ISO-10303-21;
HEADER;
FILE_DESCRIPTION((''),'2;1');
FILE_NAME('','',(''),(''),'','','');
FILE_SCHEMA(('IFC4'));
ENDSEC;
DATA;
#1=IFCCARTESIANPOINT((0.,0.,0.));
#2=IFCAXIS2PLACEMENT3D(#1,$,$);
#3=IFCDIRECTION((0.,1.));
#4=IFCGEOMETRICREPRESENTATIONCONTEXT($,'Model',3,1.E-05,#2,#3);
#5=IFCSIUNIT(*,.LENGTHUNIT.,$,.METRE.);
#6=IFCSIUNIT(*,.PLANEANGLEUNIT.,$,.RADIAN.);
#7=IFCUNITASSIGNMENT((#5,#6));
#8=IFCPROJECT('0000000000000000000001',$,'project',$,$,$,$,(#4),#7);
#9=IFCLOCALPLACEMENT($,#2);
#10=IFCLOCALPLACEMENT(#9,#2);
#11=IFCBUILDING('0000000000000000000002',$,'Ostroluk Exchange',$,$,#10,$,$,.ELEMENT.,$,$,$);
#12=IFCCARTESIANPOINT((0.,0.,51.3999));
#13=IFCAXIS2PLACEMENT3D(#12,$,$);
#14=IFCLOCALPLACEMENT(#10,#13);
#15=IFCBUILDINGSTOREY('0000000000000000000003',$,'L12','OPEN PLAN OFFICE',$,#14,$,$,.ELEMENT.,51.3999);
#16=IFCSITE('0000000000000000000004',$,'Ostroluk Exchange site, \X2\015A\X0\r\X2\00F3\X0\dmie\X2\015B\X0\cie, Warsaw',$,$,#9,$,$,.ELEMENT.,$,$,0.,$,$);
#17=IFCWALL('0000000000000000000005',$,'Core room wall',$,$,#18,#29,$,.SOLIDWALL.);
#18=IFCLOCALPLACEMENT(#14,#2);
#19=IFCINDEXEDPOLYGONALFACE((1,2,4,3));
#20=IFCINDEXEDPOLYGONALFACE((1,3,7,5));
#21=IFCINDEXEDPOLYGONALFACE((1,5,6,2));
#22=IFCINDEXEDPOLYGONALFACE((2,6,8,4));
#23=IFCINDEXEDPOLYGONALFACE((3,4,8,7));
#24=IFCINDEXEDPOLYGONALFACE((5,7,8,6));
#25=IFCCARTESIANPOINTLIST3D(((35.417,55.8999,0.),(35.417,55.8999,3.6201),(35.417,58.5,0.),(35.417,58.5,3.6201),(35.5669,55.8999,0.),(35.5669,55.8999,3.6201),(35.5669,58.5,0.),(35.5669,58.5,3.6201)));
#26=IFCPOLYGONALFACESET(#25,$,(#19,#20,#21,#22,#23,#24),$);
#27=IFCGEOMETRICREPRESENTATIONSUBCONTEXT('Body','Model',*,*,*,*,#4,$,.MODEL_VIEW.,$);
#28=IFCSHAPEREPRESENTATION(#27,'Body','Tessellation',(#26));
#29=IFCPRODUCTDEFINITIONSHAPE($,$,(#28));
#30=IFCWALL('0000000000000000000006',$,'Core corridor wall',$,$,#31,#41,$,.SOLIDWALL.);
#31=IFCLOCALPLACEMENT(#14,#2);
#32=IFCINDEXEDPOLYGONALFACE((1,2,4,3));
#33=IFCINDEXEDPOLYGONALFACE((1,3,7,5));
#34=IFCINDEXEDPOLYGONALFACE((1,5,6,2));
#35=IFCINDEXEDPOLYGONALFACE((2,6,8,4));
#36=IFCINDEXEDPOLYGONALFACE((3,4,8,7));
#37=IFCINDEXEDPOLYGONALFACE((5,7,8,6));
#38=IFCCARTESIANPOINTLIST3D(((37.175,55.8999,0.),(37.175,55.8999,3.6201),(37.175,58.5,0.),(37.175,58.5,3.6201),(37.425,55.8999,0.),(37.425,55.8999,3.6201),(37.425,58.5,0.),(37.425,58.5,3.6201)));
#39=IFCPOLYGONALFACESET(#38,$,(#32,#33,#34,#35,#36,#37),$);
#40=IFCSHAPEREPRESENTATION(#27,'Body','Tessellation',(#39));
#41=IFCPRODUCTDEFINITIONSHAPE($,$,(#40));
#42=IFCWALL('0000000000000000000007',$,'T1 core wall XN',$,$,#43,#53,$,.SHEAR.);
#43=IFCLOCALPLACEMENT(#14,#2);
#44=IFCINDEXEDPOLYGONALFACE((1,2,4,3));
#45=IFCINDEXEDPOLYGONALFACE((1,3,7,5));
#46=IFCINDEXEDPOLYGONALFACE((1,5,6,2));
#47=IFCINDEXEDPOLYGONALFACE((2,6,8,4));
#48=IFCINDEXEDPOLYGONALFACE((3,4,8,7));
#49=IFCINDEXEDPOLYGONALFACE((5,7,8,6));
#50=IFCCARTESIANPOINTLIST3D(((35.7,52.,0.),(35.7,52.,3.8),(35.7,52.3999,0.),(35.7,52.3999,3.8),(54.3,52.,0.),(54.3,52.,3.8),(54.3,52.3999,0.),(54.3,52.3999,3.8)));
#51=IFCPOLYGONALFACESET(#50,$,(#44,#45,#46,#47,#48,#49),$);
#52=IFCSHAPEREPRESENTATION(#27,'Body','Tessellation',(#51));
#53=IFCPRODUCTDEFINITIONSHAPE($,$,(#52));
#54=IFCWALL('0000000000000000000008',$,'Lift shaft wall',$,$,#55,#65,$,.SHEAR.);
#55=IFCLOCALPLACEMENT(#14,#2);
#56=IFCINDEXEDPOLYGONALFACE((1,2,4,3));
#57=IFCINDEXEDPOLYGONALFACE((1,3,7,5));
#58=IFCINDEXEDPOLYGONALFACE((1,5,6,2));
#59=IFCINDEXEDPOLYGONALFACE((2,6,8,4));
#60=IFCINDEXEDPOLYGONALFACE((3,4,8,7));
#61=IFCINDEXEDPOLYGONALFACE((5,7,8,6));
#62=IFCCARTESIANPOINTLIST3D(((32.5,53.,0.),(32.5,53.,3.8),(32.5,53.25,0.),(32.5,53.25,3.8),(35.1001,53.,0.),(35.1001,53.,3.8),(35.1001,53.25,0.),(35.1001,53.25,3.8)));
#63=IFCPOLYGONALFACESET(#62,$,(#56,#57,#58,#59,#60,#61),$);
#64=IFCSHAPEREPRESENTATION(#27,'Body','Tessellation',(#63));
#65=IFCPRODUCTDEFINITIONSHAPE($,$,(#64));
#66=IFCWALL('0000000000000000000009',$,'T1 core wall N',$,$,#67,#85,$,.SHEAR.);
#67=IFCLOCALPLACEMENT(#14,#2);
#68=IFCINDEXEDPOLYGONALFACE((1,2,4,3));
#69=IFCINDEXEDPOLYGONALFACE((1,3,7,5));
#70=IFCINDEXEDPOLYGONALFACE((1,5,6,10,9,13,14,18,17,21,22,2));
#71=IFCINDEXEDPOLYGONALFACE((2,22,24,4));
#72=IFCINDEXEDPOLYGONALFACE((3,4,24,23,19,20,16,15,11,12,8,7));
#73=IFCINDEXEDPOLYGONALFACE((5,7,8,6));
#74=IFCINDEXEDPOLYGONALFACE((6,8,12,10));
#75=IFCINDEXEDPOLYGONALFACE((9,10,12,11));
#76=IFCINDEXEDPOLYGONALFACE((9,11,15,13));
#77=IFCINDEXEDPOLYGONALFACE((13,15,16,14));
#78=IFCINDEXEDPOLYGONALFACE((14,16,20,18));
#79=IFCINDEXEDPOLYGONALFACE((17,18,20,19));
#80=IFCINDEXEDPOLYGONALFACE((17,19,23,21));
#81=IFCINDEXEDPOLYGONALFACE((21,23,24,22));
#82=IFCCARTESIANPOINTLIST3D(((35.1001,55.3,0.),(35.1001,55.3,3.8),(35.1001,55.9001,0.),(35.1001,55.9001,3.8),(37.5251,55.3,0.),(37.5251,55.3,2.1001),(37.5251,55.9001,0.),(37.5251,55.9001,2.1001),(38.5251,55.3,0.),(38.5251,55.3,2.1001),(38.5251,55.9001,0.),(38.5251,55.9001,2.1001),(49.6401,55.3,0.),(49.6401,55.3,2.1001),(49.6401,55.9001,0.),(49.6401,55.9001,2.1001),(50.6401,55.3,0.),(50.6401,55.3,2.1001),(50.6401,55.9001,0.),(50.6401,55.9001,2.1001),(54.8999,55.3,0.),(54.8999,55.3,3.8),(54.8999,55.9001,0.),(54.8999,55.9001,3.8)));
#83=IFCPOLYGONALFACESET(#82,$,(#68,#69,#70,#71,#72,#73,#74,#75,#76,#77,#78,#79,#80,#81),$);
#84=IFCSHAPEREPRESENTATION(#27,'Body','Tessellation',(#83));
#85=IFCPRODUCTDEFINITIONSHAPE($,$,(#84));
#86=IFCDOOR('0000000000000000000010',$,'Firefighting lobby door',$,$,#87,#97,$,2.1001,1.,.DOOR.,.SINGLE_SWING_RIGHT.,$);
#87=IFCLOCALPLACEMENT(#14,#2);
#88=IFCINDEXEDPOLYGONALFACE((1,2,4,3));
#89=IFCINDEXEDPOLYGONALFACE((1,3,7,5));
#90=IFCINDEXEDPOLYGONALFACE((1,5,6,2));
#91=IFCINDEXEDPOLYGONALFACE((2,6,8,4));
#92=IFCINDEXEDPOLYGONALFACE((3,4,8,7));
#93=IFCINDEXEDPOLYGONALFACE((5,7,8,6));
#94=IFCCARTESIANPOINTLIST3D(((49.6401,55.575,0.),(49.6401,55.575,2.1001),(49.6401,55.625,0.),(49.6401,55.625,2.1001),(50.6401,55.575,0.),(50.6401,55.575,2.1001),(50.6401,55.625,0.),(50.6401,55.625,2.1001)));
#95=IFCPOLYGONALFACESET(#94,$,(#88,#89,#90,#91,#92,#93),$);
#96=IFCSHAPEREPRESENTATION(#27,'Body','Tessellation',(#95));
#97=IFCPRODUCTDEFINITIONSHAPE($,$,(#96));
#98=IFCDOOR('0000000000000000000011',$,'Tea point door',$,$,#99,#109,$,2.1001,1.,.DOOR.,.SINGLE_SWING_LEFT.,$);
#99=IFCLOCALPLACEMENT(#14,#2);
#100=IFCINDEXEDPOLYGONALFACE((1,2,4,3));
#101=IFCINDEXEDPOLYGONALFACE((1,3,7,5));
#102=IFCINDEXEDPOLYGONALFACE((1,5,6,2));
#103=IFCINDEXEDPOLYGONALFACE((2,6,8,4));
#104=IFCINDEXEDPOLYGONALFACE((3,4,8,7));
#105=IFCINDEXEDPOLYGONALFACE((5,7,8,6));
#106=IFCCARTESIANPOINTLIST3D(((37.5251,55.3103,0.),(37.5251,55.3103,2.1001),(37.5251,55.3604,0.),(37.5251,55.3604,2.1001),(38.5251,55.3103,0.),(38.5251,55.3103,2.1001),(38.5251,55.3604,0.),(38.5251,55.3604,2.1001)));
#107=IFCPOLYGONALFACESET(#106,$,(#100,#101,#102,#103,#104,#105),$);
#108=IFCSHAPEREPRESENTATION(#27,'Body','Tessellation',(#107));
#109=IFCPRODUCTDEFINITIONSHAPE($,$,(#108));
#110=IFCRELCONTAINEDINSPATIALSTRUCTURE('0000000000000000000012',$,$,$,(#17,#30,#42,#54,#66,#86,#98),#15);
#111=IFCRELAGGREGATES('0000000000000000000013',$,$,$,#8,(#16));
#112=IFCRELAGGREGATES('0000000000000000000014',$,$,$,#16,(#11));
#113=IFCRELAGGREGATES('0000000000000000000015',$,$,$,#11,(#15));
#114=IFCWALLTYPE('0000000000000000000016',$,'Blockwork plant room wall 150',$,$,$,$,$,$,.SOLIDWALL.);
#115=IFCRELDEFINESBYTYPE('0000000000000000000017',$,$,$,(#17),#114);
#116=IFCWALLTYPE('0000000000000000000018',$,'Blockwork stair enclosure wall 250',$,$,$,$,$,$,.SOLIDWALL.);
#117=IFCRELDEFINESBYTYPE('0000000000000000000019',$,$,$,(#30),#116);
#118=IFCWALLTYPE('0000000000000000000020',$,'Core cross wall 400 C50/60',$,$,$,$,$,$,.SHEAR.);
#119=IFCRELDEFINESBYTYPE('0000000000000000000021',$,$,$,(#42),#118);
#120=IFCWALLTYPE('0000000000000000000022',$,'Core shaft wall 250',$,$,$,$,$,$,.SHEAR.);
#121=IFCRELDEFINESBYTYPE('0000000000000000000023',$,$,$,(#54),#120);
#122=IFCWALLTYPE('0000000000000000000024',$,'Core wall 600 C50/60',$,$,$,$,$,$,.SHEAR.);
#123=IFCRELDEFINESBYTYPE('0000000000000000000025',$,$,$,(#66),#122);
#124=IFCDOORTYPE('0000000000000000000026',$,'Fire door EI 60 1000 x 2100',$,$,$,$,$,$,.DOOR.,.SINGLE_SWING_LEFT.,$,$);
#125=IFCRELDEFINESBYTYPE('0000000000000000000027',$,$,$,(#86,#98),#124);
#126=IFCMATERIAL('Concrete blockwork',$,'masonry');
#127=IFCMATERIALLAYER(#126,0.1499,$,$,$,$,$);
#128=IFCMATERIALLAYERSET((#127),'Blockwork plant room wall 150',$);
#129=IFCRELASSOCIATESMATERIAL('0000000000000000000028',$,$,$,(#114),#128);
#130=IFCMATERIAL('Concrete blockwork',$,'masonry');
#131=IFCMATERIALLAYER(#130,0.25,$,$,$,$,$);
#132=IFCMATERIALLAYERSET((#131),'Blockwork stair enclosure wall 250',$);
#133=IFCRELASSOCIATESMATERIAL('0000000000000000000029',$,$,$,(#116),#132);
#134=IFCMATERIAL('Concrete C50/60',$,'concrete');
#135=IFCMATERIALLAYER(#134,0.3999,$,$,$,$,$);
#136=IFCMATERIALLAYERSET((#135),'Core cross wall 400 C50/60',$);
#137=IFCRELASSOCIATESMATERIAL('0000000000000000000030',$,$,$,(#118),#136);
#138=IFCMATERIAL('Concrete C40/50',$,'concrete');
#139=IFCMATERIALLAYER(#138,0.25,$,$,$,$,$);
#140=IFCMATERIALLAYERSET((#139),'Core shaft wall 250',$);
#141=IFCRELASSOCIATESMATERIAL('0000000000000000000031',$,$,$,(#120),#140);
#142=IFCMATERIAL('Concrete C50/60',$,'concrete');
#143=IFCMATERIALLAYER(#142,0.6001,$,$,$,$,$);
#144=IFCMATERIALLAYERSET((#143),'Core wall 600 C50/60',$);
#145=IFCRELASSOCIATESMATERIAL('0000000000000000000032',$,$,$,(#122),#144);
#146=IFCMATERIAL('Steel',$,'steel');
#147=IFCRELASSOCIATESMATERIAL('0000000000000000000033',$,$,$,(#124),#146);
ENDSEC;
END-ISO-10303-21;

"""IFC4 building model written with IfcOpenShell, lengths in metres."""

from ifc_helpers import new_model, si_unit, direction, frame, frame_2d, origin, place, context, subcontext, project, spatial, rectangle, extrude, material, layer, layer_set, type_object, element, fill, save


model = new_model("IFC4")

# Units and contexts
model_context = context("Model", 3, precision=1e-05, world=origin(), true_north=direction((0.0, 1.0)))
body_context = subcontext(model_context, "Body", "Model", "MODEL_VIEW")
ifc_project = project(units=[si_unit("LENGTHUNIT", "METRE"), si_unit("PLANEANGLEUNIT", "RADIAN")], contexts=[model_context])

# Site, building, storey
site_placement = place(None, origin())
site = spatial("IfcSite", under=ifc_project, at=site_placement, Name="Ostroluk Exchange site, Śródmieście, Warsaw", CompositionType="ELEMENT", RefElevation=0.0)
building_placement = place(site_placement, origin())
building = spatial("IfcBuilding", under=site, at=building_placement, Name="Ostroluk Exchange", CompositionType="ELEMENT")
storey_placement = place(building_placement, frame((0.0, 0.0, 51.3999)))
storey = spatial("IfcBuildingStorey", under=building, at=storey_placement, Name="L12", Description="OPEN PLAN OFFICE", CompositionType="ELEMENT", Elevation=51.3999)

# Walls
ifc_material_1 = material(Name="Concrete blockwork", Category="masonry")
ifc_layer_1 = layer(ifc_material_1, 0.1499)
ifc_layer_set_1 = layer_set([ifc_layer_1], Name="Blockwork plant room wall 150")
wall_type_1 = type_object("IfcWallType", Name="Blockwork plant room wall 150", PredefinedType="SOLIDWALL", material=ifc_layer_set_1)
wall_1_placement = place(storey_placement, frame((35.4919, 55.8999, 0.0), z_axis=(0.0, 0.0, 1.0), x_axis=(0.0, 1.0, 0.0)))
element("IfcWall", 1, at=wall_1_placement, inside=storey, type_object=wall_type_1, Name="Core room wall", PredefinedType="SOLIDWALL", context=body_context, shape_type="SweptSolid", body=[
    extrude(rectangle(XDim=2.6001, YDim=0.1499, at=frame_2d((1.3, 0.0))), origin(), (0.0, 0.0, 1.0), 3.6201),
])
ifc_material_2 = material(Name="Concrete blockwork", Category="masonry")
ifc_layer_2 = layer(ifc_material_2, 0.25)
ifc_layer_set_2 = layer_set([ifc_layer_2], Name="Blockwork stair enclosure wall 250")
wall_type_2 = type_object("IfcWallType", Name="Blockwork stair enclosure wall 250", PredefinedType="SOLIDWALL", material=ifc_layer_set_2)
wall_2_placement = place(storey_placement, frame((37.3, 55.8999, 0.0), z_axis=(0.0, 0.0, 1.0), x_axis=(0.0, 1.0, 0.0)))
element("IfcWall", 2, at=wall_2_placement, inside=storey, type_object=wall_type_2, Name="Core corridor wall", PredefinedType="SOLIDWALL", context=body_context, shape_type="SweptSolid", body=[
    extrude(rectangle(XDim=2.6001, YDim=0.25, at=frame_2d((1.3, 0.0))), origin(), (0.0, 0.0, 1.0), 3.6201),
])
ifc_material_3 = material(Name="Concrete C50/60", Category="concrete")
ifc_layer_3 = layer(ifc_material_3, 0.3999)
ifc_layer_set_3 = layer_set([ifc_layer_3], Name="Core cross wall 400 C50/60")
wall_type_3 = type_object("IfcWallType", Name="Core cross wall 400 C50/60", PredefinedType="SHEAR", material=ifc_layer_set_3)
wall_3_placement = place(storey_placement, frame((35.7, 52.2, 0.0), z_axis=(0.0, 0.0, 1.0), x_axis=(1.0, 0.0, 0.0)))
element("IfcWall", 3, at=wall_3_placement, inside=storey, type_object=wall_type_3, Name="T1 core wall XN", PredefinedType="SHEAR", context=body_context, shape_type="SweptSolid", body=[
    extrude(rectangle(XDim=18.6001, YDim=0.3999, at=frame_2d((9.3, 0.0))), origin(), (0.0, 0.0, 1.0), 3.8),
])
ifc_material_4 = material(Name="Concrete C40/50", Category="concrete")
ifc_layer_4 = layer(ifc_material_4, 0.25)
ifc_layer_set_4 = layer_set([ifc_layer_4], Name="Core shaft wall 250")
wall_type_4 = type_object("IfcWallType", Name="Core shaft wall 250", PredefinedType="SHEAR", material=ifc_layer_set_4)
wall_4_placement = place(storey_placement, frame((32.5, 53.125, 0.0), z_axis=(0.0, 0.0, 1.0), x_axis=(1.0, 0.0, 0.0)))
element("IfcWall", 4, at=wall_4_placement, inside=storey, type_object=wall_type_4, Name="Lift shaft wall", PredefinedType="SHEAR", context=body_context, shape_type="SweptSolid", body=[
    extrude(rectangle(XDim=2.6001, YDim=0.25, at=frame_2d((1.3, 0.0))), origin(), (0.0, 0.0, 1.0), 3.8),
])

# Wall, openings, doors
ifc_material_5 = material(Name="Concrete C50/60", Category="concrete")
ifc_layer_5 = layer(ifc_material_5, 0.6001)
ifc_layer_set_5 = layer_set([ifc_layer_5], Name="Core wall 600 C50/60")
wall_type_5 = type_object("IfcWallType", Name="Core wall 600 C50/60", PredefinedType="SHEAR", material=ifc_layer_set_5)
wall_5_placement = place(storey_placement, frame((35.1001, 55.6001, 0.0), z_axis=(0.0, 0.0, 1.0), x_axis=(1.0, 0.0, 0.0)))
wall_5 = element("IfcWall", 5, at=wall_5_placement, inside=storey, type_object=wall_type_5, Name="T1 core wall N", PredefinedType="SHEAR", context=body_context, shape_type="SweptSolid", body=[
    extrude(rectangle(XDim=19.7998, YDim=0.6001, at=frame_2d((9.8999, 0.0))), origin(), (0.0, 0.0, 1.0), 3.8),
])
opening_1_placement = place(wall_5_placement, frame((14.54, 0.0, 0.0)))
opening_1 = element("IfcOpeningElement", 6, at=opening_1_placement, cuts=wall_5, PredefinedType="OPENING", context=body_context, shape_type="SweptSolid", body=[
    extrude(rectangle(XDim=1.0, YDim=2.1001, at=frame_2d((0.5, 1.05))), frame((0.0, 0.3101, 0.0), z_axis=(0.0, -1.0, 0.0), x_axis=(1.0, 0.0, 0.0)), (0.0, 0.0, 1.0), 0.6201),
])
opening_2_placement = place(wall_5_placement, frame((2.425, 0.0, 0.0)))
opening_2 = element("IfcOpeningElement", 7, at=opening_2_placement, cuts=wall_5, PredefinedType="OPENING", context=body_context, shape_type="SweptSolid", body=[
    extrude(rectangle(XDim=1.0, YDim=2.1001, at=frame_2d((0.5, 1.05))), frame((0.0, 0.3101, 0.0), z_axis=(0.0, -1.0, 0.0), x_axis=(1.0, 0.0, 0.0)), (0.0, 0.0, 1.0), 0.6201),
])
ifc_material_6 = material(Name="Steel", Category="steel")
door_type = type_object("IfcDoorType", Name="Fire door EI 60 1000 x 2100", OperationType="SINGLE_SWING_LEFT", PredefinedType="DOOR", material=ifc_material_6)
door_1_placement = place(opening_1_placement, origin())
door_1 = element("IfcDoor", 8, at=door_1_placement, inside=storey, type_object=door_type, Name="Firefighting lobby door", OperationType="SINGLE_SWING_RIGHT", OverallHeight=2.1001, OverallWidth=1.0, PredefinedType="DOOR", context=body_context, shape_type="SweptSolid", body=[
    extrude(rectangle(XDim=1.0, YDim=2.1001, at=frame_2d((0.5, 1.05))), frame((0.0, 0.0249, 0.0), z_axis=(0.0, -1.0, 0.0), x_axis=(1.0, 0.0, 0.0)), (0.0, 0.0, 1.0), 0.05),
])
fill(opening_1, door_1)
door_2_placement = place(opening_2_placement, origin())
door_2 = element("IfcDoor", 9, at=door_2_placement, inside=storey, type_object=door_type, Name="Tea point door", OperationType="SINGLE_SWING_LEFT", OverallHeight=2.1001, OverallWidth=1.0, PredefinedType="DOOR", context=body_context, shape_type="SweptSolid", body=[
    extrude(rectangle(XDim=1.0, YDim=2.1001, at=frame_2d((0.5, 1.05))), frame((0.0, -0.2397, 0.0), z_axis=(0.0, -1.0, 0.0), x_axis=(1.0, 0.0, 0.0)), (0.0, 0.0, 1.0), 0.05),
])
fill(opening_2, door_2)

save(model, "model.ifc")
